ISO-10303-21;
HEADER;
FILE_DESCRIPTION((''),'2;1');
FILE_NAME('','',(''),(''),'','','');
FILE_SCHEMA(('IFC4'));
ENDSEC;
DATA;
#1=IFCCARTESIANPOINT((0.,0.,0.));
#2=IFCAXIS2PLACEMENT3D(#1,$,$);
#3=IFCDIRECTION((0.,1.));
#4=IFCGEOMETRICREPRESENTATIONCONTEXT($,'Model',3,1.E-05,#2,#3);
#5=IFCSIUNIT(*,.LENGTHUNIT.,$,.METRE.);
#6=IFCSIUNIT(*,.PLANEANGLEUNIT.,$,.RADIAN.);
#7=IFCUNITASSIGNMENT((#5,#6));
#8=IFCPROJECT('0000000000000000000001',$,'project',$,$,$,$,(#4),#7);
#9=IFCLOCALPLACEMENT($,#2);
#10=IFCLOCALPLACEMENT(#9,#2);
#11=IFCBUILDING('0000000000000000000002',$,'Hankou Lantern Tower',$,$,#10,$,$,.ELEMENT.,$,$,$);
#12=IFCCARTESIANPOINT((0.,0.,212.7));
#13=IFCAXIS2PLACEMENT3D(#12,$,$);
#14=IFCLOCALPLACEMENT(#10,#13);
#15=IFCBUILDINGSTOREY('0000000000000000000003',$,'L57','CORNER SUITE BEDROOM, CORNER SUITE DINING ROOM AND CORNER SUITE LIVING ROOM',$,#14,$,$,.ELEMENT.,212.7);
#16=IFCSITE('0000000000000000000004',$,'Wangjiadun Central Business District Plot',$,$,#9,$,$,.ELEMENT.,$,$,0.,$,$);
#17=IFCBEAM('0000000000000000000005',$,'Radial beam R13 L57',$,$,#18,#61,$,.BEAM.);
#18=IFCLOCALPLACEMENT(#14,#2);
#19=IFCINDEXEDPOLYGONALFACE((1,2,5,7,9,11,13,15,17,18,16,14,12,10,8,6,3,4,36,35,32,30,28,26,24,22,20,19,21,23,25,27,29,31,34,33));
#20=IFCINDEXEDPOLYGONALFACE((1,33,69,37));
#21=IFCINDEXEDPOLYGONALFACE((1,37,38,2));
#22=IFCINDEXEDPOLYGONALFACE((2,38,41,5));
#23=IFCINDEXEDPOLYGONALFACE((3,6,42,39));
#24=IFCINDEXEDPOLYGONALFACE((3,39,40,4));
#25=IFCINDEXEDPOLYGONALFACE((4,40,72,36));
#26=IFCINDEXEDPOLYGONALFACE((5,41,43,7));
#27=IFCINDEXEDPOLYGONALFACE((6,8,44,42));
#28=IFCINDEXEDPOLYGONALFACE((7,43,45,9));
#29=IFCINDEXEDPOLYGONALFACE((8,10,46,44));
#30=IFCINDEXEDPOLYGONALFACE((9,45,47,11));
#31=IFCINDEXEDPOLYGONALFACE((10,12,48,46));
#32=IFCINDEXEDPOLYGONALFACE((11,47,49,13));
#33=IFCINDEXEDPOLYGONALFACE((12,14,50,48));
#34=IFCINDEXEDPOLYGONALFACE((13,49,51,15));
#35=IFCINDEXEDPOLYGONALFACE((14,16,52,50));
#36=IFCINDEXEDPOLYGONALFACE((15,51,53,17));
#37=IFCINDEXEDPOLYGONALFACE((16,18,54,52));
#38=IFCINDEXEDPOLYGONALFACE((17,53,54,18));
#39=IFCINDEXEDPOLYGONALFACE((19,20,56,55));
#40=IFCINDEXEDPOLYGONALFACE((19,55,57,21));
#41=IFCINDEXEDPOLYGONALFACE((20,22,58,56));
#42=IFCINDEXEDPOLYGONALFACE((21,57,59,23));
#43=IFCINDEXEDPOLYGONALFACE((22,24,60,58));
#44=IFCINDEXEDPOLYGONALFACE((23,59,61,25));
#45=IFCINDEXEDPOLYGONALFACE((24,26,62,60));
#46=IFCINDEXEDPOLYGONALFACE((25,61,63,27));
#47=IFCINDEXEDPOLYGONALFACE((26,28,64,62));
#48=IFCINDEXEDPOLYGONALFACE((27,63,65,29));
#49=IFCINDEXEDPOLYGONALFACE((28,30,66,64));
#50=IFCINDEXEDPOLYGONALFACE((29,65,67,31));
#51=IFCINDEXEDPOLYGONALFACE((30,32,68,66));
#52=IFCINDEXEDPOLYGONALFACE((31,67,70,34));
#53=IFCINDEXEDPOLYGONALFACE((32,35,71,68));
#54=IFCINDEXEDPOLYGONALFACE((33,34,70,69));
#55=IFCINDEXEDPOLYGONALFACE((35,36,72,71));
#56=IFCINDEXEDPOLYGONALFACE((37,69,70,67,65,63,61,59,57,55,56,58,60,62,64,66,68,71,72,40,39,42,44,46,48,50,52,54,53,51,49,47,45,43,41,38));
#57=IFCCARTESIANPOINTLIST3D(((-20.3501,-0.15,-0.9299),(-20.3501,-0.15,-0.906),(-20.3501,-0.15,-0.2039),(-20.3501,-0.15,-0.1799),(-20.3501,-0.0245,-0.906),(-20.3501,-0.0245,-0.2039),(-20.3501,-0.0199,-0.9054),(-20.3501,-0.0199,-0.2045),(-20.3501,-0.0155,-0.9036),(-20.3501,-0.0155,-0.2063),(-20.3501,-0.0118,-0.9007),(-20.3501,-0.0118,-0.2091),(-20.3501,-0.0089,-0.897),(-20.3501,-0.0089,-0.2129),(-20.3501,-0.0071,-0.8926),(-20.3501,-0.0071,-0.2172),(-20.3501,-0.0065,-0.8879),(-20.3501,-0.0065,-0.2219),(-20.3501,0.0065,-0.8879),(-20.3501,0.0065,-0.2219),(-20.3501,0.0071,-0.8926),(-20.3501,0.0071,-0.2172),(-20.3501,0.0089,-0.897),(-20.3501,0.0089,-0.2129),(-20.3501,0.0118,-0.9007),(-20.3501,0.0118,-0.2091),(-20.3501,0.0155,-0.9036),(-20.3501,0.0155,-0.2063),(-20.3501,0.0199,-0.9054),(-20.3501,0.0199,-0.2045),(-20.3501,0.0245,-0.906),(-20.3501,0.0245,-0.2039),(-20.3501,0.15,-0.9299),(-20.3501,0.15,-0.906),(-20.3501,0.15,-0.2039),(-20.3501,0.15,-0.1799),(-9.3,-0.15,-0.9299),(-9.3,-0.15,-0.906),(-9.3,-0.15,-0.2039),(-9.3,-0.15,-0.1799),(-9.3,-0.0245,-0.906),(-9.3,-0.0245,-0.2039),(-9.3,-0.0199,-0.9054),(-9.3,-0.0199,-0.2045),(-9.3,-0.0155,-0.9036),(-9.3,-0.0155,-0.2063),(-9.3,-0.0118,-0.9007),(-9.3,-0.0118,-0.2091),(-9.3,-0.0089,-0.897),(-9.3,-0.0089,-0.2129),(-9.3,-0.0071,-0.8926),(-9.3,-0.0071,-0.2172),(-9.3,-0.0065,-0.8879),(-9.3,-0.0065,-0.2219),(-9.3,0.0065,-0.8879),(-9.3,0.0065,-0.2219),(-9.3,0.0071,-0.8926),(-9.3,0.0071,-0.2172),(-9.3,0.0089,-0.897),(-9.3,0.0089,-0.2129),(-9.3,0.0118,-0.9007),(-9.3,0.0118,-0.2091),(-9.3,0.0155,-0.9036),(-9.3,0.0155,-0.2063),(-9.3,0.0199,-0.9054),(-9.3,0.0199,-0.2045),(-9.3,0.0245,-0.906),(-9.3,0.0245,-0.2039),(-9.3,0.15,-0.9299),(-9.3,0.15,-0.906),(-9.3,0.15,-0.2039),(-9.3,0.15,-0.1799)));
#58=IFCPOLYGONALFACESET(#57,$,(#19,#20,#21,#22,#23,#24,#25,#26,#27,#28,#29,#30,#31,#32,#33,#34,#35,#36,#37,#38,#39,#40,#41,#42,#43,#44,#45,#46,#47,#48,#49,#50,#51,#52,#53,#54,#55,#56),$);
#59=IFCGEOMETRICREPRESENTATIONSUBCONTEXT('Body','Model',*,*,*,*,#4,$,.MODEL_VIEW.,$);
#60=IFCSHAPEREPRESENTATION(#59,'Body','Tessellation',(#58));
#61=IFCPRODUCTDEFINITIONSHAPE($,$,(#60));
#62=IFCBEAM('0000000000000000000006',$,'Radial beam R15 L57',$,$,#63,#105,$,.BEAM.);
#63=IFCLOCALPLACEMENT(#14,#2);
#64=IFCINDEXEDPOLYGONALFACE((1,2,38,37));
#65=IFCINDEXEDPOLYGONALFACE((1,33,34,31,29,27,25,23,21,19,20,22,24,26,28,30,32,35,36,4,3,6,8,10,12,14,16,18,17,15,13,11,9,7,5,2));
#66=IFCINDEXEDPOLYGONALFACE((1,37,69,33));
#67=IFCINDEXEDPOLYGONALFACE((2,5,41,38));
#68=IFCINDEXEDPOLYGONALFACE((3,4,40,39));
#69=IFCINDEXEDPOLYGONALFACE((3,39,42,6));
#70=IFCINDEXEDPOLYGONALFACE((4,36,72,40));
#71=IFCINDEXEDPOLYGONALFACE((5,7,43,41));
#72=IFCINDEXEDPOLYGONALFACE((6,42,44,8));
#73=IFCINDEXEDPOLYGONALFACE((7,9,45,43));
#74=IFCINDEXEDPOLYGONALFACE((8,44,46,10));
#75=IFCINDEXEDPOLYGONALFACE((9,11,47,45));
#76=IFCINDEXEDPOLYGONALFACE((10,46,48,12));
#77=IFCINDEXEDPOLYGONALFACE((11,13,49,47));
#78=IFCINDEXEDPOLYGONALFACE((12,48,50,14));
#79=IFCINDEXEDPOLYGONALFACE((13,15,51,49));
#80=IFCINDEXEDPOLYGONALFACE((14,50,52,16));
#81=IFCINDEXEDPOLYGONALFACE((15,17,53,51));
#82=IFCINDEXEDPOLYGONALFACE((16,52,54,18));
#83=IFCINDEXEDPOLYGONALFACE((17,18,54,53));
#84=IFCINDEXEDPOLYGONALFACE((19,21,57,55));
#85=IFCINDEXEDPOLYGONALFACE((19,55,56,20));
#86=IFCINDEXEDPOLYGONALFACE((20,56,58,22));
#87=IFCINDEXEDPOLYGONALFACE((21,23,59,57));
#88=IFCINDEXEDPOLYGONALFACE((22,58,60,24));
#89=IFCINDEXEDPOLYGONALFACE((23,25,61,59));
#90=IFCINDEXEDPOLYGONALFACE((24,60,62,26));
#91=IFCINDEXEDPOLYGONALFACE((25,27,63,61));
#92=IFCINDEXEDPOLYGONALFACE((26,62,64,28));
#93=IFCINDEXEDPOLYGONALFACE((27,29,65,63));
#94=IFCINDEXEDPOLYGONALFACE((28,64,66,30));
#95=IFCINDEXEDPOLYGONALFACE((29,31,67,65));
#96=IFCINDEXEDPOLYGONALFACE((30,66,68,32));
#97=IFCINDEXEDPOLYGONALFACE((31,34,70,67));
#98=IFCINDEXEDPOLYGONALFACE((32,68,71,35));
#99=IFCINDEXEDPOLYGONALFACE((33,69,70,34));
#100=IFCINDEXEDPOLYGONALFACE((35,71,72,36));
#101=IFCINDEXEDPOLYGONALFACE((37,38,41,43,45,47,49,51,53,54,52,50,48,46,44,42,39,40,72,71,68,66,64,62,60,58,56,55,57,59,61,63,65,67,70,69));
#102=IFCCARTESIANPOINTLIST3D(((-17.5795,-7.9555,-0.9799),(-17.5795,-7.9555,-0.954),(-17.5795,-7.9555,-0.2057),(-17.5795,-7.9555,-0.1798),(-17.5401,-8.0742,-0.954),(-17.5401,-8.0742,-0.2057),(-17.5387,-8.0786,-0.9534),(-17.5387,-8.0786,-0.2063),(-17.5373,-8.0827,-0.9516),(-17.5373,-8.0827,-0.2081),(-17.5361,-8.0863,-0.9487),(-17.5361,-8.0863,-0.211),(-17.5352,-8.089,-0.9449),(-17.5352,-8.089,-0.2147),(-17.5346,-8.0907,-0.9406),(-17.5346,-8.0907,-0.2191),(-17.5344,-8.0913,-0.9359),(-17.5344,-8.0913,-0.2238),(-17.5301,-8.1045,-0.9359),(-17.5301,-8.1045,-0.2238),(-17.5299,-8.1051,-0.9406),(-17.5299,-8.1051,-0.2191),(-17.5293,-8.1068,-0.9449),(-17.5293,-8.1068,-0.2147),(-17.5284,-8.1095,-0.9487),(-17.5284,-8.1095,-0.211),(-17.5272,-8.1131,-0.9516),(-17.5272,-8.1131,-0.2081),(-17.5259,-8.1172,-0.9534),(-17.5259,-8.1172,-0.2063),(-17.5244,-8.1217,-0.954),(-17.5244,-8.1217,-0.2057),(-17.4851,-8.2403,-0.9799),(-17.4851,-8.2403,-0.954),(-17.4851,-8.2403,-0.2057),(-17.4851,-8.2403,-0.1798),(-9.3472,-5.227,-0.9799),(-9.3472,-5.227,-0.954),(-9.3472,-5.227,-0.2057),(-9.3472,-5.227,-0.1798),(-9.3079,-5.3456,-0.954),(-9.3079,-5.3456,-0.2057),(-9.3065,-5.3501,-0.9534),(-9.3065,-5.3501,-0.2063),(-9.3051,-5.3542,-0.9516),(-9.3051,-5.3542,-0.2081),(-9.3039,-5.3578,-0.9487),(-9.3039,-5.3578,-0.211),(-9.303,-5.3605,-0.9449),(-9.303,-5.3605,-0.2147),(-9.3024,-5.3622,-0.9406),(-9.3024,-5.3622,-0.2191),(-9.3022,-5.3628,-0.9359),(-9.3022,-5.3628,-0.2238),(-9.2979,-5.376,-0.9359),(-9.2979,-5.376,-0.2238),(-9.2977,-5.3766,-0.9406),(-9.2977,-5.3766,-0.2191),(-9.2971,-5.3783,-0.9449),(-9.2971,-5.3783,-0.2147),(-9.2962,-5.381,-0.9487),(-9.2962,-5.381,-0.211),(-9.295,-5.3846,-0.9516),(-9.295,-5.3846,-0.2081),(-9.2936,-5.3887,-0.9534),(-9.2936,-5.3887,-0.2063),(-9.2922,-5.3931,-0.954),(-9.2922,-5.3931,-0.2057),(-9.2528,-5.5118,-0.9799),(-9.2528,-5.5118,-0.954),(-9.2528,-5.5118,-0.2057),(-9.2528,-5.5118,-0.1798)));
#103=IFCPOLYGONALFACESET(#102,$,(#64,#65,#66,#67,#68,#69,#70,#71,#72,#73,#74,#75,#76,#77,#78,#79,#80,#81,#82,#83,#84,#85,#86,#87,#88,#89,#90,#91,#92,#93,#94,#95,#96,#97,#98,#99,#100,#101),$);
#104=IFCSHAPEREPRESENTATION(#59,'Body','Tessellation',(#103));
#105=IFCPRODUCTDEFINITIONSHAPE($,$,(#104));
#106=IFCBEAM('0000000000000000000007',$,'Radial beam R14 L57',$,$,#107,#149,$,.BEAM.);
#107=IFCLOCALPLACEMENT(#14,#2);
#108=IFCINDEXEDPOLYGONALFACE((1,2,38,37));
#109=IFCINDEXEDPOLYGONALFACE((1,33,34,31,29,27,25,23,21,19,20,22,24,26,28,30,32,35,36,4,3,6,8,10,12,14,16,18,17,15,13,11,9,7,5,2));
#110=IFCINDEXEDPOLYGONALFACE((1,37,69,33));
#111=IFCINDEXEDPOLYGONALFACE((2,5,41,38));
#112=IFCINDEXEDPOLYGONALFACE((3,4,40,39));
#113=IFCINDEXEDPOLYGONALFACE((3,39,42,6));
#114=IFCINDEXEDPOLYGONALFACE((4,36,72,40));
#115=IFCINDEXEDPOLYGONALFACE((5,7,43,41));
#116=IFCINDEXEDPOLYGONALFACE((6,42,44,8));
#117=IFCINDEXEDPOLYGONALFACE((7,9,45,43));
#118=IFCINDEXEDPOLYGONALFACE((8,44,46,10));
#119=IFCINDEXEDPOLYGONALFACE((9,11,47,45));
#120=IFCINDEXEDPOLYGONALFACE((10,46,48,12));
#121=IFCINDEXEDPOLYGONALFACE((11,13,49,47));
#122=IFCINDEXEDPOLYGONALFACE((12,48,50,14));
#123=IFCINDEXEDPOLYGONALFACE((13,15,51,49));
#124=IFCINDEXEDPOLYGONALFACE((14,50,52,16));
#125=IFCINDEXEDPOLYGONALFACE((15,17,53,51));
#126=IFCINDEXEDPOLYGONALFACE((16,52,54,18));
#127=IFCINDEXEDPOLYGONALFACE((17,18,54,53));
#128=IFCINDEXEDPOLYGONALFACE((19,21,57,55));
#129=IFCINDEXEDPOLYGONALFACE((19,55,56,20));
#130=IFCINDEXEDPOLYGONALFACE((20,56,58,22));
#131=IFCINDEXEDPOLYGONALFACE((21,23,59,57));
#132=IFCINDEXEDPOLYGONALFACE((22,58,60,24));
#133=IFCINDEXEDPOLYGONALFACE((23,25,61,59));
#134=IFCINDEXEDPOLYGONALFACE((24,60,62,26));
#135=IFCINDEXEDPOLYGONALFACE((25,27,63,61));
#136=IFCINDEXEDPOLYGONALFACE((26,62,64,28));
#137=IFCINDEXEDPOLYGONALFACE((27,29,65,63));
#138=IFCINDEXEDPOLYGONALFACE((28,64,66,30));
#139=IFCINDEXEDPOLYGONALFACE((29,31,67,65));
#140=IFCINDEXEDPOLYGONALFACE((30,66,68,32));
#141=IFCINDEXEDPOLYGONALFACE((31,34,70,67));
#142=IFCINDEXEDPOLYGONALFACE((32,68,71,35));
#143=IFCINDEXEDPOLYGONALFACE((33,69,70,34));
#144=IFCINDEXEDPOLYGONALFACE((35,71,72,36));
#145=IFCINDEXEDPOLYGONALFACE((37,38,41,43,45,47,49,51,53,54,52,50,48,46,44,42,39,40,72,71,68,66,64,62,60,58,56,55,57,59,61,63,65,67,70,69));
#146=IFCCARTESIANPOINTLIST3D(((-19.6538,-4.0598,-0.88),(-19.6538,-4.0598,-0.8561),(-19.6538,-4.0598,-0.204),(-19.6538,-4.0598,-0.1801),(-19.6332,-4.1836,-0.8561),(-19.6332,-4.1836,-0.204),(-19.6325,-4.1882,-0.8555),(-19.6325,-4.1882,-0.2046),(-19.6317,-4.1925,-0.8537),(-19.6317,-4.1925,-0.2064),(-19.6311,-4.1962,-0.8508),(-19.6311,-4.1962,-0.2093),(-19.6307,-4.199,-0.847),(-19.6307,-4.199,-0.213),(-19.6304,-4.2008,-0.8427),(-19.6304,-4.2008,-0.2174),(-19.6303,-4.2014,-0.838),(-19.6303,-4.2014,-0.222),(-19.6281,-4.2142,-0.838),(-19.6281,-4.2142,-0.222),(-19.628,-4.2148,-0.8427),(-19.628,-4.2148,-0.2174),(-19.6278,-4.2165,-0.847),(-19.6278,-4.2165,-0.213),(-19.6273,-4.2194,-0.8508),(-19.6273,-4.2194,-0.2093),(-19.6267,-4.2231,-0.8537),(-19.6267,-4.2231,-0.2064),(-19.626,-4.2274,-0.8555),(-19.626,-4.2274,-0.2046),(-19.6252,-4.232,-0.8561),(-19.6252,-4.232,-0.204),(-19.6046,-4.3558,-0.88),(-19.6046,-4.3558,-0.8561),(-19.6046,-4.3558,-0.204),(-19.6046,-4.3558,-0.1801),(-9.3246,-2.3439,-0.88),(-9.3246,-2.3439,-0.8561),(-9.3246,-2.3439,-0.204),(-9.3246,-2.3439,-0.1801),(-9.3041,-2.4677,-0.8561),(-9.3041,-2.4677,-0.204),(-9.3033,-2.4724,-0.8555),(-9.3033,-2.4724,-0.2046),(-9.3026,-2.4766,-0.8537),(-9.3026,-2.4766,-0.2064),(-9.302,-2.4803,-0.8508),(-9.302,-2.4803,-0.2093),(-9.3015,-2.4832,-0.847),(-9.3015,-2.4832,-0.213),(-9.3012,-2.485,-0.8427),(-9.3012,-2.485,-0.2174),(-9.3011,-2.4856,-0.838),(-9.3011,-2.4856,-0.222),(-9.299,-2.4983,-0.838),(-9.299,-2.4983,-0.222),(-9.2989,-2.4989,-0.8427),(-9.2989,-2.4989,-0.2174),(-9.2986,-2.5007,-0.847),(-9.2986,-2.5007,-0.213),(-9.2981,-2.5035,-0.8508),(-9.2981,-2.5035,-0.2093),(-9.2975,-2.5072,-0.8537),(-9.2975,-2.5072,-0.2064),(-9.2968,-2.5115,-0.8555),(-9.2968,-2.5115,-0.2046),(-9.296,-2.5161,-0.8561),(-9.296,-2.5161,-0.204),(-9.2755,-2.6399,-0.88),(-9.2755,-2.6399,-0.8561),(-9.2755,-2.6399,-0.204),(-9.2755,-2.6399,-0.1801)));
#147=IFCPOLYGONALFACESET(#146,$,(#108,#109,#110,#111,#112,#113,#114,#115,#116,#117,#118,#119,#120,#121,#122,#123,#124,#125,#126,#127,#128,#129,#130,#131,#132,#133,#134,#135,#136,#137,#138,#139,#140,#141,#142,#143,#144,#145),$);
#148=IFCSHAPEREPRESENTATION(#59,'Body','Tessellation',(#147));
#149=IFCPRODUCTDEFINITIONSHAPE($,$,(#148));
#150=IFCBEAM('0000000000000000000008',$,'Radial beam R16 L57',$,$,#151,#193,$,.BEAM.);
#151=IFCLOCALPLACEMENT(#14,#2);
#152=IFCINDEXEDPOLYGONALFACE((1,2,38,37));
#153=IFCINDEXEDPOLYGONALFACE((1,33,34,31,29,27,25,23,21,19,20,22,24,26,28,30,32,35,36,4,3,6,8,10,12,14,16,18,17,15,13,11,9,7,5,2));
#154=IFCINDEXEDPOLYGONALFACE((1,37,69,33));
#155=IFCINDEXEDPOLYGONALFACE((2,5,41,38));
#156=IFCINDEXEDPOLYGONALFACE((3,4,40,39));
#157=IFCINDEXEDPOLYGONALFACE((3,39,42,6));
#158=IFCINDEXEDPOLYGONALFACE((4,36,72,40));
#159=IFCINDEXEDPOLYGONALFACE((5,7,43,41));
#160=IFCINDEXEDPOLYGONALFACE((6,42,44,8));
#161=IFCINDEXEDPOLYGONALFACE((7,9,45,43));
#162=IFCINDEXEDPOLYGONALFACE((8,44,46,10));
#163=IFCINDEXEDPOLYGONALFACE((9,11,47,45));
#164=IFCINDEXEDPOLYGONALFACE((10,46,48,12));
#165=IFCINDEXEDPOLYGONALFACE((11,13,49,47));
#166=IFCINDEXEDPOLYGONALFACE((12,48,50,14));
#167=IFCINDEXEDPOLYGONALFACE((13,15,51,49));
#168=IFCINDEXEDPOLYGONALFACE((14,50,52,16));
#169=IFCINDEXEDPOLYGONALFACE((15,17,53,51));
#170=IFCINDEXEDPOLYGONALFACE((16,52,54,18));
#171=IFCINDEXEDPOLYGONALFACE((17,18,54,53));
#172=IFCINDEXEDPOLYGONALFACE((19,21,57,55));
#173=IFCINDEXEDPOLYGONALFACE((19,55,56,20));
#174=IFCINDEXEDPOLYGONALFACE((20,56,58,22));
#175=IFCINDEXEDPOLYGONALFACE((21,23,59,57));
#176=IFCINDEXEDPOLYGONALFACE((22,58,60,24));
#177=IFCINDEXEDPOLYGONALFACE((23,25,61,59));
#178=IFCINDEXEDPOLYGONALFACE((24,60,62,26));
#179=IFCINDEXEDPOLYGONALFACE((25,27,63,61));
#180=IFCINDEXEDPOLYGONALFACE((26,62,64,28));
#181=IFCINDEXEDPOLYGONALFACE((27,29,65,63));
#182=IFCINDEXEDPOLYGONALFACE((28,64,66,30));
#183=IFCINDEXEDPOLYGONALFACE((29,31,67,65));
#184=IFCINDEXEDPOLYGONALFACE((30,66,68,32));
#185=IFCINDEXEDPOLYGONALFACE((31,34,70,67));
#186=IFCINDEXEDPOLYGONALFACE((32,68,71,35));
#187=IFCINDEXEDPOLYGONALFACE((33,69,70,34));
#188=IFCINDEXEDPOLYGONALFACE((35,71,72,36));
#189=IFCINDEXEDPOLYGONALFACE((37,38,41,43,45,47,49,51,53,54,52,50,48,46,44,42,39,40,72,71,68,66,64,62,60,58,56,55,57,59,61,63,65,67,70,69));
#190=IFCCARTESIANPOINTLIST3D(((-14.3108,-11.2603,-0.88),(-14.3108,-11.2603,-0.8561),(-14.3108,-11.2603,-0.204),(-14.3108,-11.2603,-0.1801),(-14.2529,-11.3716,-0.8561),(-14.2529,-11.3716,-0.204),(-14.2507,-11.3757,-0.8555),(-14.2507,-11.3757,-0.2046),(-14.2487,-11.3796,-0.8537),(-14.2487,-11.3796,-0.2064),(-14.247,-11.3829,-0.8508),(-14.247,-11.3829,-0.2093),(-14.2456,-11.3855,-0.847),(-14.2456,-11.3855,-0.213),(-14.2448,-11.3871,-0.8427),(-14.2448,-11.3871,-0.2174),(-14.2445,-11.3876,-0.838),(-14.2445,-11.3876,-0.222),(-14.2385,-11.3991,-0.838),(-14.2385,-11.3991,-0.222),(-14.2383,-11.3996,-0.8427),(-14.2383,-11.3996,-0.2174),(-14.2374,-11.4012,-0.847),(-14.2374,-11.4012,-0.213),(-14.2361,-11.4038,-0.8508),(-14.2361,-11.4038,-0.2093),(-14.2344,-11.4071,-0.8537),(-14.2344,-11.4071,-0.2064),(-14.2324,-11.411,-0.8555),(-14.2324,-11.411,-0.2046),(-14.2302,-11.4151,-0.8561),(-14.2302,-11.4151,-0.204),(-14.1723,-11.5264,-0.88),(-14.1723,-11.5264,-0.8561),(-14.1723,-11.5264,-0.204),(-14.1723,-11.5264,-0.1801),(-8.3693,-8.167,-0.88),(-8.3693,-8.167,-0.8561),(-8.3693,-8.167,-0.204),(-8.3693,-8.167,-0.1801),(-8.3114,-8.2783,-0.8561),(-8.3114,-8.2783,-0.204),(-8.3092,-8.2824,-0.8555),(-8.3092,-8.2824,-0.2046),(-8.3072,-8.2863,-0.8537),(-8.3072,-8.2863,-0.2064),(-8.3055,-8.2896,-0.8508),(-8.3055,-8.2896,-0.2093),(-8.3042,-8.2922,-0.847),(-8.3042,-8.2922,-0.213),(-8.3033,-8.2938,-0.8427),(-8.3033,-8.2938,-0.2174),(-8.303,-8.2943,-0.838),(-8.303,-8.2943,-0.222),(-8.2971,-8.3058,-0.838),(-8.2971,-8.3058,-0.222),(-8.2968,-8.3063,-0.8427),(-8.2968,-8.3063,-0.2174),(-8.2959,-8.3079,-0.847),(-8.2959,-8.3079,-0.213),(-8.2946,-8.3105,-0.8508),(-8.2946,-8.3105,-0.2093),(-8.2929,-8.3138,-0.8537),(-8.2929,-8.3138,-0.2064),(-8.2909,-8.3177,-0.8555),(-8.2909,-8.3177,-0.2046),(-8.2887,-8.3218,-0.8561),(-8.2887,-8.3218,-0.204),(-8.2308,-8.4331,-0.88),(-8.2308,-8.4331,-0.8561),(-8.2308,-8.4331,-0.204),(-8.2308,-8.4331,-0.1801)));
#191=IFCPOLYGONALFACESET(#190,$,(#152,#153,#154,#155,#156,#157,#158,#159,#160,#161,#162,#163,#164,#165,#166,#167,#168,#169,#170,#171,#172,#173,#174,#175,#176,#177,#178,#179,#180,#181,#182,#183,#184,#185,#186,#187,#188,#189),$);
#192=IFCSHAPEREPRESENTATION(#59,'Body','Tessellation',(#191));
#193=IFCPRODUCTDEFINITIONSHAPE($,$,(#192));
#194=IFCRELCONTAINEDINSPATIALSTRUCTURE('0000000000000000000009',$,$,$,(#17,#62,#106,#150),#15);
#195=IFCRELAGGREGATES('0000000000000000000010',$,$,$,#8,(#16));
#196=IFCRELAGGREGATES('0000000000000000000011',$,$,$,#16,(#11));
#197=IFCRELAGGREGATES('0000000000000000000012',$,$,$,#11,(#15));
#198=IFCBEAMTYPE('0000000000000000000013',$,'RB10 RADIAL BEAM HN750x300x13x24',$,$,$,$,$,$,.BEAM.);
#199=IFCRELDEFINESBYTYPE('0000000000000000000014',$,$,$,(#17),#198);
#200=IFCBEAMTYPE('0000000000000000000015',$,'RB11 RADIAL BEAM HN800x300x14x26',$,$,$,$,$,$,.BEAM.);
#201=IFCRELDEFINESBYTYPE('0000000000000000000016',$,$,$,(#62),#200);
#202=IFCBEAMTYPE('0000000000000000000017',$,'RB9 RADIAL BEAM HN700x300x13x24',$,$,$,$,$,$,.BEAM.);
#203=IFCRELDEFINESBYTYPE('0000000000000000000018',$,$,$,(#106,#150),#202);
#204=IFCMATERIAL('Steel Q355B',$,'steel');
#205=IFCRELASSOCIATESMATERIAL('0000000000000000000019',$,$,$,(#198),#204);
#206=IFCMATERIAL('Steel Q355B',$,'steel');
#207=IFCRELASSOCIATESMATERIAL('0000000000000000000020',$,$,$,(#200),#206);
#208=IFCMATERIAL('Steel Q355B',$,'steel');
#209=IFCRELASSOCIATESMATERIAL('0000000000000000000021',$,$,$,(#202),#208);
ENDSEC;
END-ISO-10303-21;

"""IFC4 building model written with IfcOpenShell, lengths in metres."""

from ifc_helpers import new_model, si_unit, direction, frame, origin, origin_2d, place, context, subcontext, project, spatial, i_section, extrude, material, material_profile, profile_set, type_object, element, save


model = new_model("IFC4")

# Units and contexts
model_context = context("Model", 3, precision=1e-05, world=origin(), true_north=direction((0.0, 1.0)))
body_context = subcontext(model_context, "Body", "Model", "MODEL_VIEW")
ifc_project = project(units=[si_unit("LENGTHUNIT", "METRE"), si_unit("PLANEANGLEUNIT", "RADIAN")], contexts=[model_context])

# Site, building, storey
site_placement = place(None, origin())
site = spatial("IfcSite", under=ifc_project, at=site_placement, Name="Wangjiadun Central Business District Plot", CompositionType="ELEMENT", RefElevation=0.0)
building_placement = place(site_placement, origin())
building = spatial("IfcBuilding", under=site, at=building_placement, Name="Hankou Lantern Tower", CompositionType="ELEMENT")
storey_placement = place(building_placement, frame((0.0, 0.0, 212.7)))
storey = spatial("IfcBuildingStorey", under=building, at=storey_placement, Name="L57", Description="CORNER SUITE BEDROOM, CORNER SUITE DINING ROOM AND CORNER SUITE LIVING ROOM", CompositionType="ELEMENT", Elevation=212.7)

# Beams
ifc_material_1 = material(Name="Steel Q355B", Category="steel")
ifc_material_profile_1 = material_profile(ifc_material_1, i_section(OverallWidth=0.3, OverallDepth=0.75, WebThickness=0.0129, FlangeThickness=0.0239, FilletRadius=0.0181, at=origin_2d()), Name="HN750x300x13x24")
ifc_profile_set_1 = profile_set([ifc_material_profile_1], Name="Steel Q355B")
beam_type_1 = type_object("IfcBeamType", Name="RB10 RADIAL BEAM HN750x300x13x24", PredefinedType="BEAM", material=ifc_profile_set_1)
beam_1_placement = place(storey_placement, frame((-9.3, 0.0, -0.5549), z_axis=(-1.0, 0.0, 0.0), x_axis=(0.0, -1.0, 0.0)))
element("IfcBeam", 1, at=beam_1_placement, inside=storey, type_object=beam_type_1, Name="Radial beam R13 L57", PredefinedType="BEAM", context=body_context, shape_type="SweptSolid", body=[
    extrude(i_section(OverallWidth=0.3, OverallDepth=0.75, WebThickness=0.0129, FlangeThickness=0.0239, FilletRadius=0.0181, at=origin_2d()), origin(), (0.0, 0.0, 1.0), 11.05),
])
ifc_material_2 = material(Name="Steel Q355B", Category="steel")
ifc_material_profile_2 = material_profile(ifc_material_2, i_section(OverallWidth=0.3, OverallDepth=0.8, WebThickness=0.0139, FlangeThickness=0.0259, FilletRadius=0.0181, at=origin_2d()), Name="HN800x300x14x26")
ifc_profile_set_2 = profile_set([ifc_material_profile_2], Name="Steel Q355B")
beam_type_2 = type_object("IfcBeamType", Name="RB11 RADIAL BEAM HN800x300x14x26", PredefinedType="BEAM", material=ifc_profile_set_2)
beam_2_placement = place(storey_placement, frame((-9.3, -5.3694, -0.5798), z_axis=(-0.94922, -0.314614, 0.0), x_axis=(0.314614, -0.94922, 0.0)))
element("IfcBeam", 2, at=beam_2_placement, inside=storey, type_object=beam_type_2, Name="Radial beam R15 L57", PredefinedType="BEAM", context=body_context, shape_type="SweptSolid", body=[
    extrude(i_section(OverallWidth=0.3, OverallDepth=0.8, WebThickness=0.0139, FlangeThickness=0.0259, FilletRadius=0.0181, at=origin_2d()), origin(), (0.0, 0.0, 1.0), 8.6726),
])
ifc_material_3 = material(Name="Steel Q355B", Category="steel")
ifc_material_profile_3 = material_profile(ifc_material_3, i_section(OverallWidth=0.3, OverallDepth=0.7, WebThickness=0.0129, FlangeThickness=0.0239, FilletRadius=0.0181, at=origin_2d()), Name="HN700x300x13x24")
ifc_profile_set_3 = profile_set([ifc_material_profile_3], Name="Steel Q355B")
beam_type_3 = type_object("IfcBeamType", Name="RB9 RADIAL BEAM HN700x300x13x24", PredefinedType="BEAM", material=ifc_profile_set_3)
beam_3_placement = place(storey_placement, frame((-9.3, -2.4919, -0.53), z_axis=(-0.986482, -0.16387, 0.0), x_axis=(0.16387, -0.986482, 0.0)))
element("IfcBeam", 3, at=beam_3_placement, inside=storey, type_object=beam_type_3, Name="Radial beam R14 L57", PredefinedType="BEAM", context=body_context, shape_type="SweptSolid", body=[
    extrude(i_section(OverallWidth=0.3, OverallDepth=0.7, WebThickness=0.0129, FlangeThickness=0.0239, FilletRadius=0.0181, at=origin_2d()), origin(), (0.0, 0.0, 1.0), 10.4707),
])
beam_4_placement = place(storey_placement, frame((-8.3, -8.3, -0.53), z_axis=(-0.886989, -0.461791, 0.0), x_axis=(0.461791, -0.886989, 0.0)))
element("IfcBeam", 4, at=beam_4_placement, inside=storey, type_object=beam_type_3, Name="Radial beam R16 L57", PredefinedType="BEAM", context=body_context, shape_type="SweptSolid", body=[
    extrude(i_section(OverallWidth=0.3, OverallDepth=0.7, WebThickness=0.0129, FlangeThickness=0.0239, FilletRadius=0.0181, at=origin_2d()), origin(), (0.0, 0.0, 1.0), 6.6985),
])

save(model, "model.ifc")
